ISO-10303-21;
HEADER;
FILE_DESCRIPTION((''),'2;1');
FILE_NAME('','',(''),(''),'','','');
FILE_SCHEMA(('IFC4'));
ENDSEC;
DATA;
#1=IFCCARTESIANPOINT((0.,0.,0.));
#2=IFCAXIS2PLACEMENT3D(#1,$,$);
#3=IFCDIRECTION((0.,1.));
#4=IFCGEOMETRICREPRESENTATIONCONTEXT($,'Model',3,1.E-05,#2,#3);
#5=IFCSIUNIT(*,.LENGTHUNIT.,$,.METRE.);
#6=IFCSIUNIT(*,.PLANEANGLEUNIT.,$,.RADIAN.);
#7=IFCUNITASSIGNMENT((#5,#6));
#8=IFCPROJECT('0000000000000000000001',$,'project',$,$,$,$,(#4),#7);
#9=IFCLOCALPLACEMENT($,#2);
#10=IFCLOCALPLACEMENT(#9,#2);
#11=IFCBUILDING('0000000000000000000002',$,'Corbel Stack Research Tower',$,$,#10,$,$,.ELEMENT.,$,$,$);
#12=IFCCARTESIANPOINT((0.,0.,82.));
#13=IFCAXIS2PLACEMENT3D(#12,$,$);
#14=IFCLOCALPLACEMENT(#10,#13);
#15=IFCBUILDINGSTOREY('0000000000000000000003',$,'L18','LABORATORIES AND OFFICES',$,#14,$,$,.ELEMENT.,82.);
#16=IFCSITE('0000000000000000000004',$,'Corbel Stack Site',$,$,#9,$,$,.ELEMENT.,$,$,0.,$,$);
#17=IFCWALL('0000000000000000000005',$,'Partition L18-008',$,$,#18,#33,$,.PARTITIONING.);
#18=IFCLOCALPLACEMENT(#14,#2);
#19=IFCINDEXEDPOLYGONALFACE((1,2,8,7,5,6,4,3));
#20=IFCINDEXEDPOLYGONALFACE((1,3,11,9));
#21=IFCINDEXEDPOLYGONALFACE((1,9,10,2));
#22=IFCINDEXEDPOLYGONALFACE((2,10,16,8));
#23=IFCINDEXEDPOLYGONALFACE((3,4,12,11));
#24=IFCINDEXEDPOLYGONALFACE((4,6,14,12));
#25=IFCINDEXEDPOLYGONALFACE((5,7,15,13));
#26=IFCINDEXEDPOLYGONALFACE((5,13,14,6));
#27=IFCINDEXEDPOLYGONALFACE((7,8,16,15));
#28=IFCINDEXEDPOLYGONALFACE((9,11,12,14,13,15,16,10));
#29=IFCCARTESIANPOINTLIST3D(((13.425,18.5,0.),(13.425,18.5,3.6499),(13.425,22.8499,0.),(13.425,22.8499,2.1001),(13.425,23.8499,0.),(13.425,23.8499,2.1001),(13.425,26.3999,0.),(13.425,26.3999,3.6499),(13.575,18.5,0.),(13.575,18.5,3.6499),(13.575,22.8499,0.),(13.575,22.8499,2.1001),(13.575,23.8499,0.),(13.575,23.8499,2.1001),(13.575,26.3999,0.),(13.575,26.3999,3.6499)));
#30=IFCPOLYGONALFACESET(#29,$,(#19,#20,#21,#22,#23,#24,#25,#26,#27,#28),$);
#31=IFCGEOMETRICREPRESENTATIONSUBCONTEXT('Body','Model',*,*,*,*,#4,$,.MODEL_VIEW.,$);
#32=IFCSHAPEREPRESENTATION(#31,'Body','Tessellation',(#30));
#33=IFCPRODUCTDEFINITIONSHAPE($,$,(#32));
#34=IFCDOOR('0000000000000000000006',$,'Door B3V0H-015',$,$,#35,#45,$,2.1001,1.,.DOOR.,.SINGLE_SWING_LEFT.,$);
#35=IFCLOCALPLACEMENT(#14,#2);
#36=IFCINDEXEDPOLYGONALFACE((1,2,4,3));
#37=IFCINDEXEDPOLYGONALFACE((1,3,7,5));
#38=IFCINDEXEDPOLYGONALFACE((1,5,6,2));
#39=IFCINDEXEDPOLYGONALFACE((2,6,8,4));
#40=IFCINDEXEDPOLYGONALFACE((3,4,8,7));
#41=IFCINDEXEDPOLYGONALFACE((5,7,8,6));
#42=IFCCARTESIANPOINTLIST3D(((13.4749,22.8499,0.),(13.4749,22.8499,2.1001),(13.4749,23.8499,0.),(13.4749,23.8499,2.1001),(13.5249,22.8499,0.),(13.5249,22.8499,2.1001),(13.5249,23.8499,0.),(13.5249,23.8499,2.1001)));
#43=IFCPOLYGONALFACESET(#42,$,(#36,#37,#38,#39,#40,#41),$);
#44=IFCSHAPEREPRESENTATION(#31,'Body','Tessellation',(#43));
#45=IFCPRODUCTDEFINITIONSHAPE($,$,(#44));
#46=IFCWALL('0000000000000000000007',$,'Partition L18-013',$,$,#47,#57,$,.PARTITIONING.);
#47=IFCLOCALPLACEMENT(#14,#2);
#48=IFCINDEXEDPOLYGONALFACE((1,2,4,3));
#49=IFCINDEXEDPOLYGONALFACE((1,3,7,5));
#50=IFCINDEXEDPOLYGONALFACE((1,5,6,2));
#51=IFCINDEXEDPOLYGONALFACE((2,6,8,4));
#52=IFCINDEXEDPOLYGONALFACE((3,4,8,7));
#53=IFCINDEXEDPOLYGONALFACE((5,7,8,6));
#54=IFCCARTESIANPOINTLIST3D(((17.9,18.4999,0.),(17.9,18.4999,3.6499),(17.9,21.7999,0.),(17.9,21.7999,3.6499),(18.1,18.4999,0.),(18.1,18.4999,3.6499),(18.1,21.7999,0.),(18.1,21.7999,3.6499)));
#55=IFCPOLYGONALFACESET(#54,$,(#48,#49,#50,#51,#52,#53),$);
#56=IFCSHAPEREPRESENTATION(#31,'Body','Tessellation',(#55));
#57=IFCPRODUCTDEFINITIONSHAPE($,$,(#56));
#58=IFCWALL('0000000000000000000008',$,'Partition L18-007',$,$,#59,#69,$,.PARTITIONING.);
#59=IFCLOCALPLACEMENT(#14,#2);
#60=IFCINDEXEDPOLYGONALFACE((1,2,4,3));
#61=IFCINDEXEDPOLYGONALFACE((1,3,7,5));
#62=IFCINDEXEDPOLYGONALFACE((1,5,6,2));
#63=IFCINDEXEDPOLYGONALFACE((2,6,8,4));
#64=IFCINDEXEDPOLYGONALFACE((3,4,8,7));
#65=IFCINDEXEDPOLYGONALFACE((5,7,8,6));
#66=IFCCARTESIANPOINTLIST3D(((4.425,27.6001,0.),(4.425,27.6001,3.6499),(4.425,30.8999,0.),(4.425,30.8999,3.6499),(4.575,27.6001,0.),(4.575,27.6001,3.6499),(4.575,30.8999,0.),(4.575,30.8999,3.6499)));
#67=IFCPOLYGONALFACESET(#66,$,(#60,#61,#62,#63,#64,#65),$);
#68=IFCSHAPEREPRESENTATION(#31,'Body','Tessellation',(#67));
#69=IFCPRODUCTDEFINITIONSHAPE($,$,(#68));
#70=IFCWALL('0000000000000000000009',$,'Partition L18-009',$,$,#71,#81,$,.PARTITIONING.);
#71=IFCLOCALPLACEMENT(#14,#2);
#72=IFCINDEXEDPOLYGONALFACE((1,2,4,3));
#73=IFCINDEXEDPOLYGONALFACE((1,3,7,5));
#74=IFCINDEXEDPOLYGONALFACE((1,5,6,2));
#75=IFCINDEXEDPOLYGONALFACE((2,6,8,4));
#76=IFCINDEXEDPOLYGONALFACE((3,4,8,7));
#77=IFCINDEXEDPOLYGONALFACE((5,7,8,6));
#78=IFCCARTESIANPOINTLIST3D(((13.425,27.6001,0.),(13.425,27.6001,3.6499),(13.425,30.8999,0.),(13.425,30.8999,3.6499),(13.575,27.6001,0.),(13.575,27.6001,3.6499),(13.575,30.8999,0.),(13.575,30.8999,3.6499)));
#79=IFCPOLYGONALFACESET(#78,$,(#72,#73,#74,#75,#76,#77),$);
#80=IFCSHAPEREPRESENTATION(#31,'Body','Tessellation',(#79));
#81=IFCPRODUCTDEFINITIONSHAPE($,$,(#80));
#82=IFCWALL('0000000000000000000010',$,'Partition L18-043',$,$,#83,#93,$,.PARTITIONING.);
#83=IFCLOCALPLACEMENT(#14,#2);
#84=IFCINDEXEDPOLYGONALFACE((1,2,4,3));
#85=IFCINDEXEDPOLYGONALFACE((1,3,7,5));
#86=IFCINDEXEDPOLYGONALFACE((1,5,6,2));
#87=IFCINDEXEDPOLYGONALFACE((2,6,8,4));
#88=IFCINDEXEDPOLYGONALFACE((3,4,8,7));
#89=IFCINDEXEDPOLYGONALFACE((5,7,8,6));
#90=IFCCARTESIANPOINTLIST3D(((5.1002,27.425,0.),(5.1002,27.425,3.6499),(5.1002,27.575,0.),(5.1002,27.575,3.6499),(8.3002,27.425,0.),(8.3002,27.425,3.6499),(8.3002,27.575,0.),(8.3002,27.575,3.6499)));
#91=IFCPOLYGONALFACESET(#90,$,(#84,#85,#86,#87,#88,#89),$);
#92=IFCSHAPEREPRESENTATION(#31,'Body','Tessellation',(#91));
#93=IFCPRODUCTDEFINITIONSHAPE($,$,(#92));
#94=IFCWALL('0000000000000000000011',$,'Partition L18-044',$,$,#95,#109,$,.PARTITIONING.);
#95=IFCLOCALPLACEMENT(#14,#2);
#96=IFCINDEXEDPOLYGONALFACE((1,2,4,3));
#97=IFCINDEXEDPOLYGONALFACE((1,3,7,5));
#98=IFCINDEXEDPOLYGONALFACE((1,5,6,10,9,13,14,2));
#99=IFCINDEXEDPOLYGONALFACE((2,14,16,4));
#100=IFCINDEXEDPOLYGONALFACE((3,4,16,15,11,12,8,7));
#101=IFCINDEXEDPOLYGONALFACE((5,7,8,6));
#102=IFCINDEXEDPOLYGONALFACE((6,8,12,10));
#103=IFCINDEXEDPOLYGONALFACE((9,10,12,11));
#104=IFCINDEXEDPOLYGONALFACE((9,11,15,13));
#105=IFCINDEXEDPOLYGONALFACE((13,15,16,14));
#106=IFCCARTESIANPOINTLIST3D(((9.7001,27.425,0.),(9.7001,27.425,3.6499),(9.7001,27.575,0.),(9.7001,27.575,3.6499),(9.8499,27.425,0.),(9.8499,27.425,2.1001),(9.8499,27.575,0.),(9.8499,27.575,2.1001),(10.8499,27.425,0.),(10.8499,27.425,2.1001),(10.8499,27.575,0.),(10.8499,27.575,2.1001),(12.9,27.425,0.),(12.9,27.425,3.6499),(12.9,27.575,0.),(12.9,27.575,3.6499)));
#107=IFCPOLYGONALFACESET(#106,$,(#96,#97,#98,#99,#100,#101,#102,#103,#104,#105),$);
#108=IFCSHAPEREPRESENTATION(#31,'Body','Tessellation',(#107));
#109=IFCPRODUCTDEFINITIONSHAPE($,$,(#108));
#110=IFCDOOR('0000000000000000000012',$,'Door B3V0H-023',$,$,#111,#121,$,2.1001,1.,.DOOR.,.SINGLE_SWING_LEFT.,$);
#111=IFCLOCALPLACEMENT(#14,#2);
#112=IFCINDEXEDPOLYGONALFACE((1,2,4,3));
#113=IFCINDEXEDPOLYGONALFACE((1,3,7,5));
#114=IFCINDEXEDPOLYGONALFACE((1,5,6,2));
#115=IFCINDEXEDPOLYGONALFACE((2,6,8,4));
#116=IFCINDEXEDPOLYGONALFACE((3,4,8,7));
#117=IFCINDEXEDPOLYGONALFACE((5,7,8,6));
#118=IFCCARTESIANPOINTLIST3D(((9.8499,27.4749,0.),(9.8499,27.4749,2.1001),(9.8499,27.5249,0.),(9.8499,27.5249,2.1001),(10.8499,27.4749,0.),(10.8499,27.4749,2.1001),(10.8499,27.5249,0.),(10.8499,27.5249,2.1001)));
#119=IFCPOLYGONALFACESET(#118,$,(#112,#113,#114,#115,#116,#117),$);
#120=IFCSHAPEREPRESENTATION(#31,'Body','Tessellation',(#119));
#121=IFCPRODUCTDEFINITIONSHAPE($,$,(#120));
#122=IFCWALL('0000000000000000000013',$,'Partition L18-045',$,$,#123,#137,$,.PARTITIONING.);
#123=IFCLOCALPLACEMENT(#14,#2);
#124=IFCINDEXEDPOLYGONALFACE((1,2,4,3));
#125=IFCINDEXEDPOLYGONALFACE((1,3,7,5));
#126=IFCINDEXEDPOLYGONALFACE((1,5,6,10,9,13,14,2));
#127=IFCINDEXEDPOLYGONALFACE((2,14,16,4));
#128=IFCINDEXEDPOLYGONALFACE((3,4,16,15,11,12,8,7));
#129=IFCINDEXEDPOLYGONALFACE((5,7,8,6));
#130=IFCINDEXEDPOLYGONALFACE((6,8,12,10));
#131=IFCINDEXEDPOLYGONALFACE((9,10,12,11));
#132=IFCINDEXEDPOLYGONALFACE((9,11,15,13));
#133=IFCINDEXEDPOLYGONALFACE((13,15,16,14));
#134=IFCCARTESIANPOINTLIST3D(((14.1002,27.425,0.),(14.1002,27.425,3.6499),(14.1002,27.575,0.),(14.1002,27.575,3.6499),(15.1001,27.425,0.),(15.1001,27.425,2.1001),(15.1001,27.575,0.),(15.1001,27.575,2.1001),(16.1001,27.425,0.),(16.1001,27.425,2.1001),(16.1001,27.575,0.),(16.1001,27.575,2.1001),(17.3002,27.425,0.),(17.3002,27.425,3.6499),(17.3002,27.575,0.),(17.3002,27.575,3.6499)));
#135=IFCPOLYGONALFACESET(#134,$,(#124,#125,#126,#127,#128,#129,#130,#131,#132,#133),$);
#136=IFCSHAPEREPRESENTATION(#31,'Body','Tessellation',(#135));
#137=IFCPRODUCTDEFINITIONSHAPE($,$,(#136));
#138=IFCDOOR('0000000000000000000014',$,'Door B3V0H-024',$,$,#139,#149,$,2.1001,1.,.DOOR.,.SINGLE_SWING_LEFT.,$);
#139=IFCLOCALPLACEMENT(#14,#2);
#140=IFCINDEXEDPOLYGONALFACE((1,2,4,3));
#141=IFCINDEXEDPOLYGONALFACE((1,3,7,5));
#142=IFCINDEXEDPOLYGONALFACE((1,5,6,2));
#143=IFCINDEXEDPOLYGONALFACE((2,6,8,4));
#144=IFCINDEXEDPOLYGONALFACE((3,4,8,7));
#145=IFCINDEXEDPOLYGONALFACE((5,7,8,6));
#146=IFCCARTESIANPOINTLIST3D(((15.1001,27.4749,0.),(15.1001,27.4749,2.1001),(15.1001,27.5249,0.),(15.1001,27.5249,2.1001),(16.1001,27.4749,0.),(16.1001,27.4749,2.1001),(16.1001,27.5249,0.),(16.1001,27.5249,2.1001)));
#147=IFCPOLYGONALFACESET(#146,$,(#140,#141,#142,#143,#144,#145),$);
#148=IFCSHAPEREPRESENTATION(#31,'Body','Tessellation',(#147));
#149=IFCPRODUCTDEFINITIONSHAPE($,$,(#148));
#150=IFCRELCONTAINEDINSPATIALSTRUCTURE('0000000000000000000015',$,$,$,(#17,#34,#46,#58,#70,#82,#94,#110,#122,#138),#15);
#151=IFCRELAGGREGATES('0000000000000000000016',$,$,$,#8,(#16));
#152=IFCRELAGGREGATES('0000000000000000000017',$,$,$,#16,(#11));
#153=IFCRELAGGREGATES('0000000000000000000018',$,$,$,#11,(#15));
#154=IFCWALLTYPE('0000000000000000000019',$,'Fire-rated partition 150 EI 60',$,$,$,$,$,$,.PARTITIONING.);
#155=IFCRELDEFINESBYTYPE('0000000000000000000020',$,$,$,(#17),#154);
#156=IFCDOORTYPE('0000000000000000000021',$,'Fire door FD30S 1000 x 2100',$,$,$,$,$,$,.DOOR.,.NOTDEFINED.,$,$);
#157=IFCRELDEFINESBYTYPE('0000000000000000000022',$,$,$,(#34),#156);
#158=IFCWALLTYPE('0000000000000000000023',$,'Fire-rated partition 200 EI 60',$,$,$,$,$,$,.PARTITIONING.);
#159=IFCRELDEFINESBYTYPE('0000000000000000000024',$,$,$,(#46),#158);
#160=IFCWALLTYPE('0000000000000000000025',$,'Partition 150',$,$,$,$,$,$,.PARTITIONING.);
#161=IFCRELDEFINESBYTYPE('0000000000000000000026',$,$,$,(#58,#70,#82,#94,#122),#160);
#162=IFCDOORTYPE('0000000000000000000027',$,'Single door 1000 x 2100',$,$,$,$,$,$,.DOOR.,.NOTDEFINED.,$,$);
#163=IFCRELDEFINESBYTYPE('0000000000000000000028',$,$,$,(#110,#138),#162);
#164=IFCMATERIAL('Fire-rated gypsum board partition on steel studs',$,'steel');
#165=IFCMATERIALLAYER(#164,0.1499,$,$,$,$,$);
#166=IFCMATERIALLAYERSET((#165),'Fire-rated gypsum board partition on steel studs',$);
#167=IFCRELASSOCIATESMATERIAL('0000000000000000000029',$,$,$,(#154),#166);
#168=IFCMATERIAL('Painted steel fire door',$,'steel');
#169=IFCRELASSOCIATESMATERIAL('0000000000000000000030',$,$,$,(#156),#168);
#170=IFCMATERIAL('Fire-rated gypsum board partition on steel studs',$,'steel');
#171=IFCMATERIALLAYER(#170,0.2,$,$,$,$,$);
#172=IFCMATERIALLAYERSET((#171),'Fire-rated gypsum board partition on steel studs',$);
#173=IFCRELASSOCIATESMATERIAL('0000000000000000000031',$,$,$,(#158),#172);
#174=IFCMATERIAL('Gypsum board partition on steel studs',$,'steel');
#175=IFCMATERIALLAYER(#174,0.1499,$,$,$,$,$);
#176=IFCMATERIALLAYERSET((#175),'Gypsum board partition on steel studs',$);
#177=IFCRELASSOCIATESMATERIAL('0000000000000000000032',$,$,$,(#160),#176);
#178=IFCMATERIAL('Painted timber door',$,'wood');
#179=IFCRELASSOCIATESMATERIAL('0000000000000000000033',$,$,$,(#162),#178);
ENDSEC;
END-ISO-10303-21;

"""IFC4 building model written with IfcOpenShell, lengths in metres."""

from ifc_helpers import new_model, si_unit, direction, frame, frame_2d, origin, place, context, subcontext, project, spatial, rectangle, extrude, material, layer, layer_set, type_object, element, fill, save


model = new_model("IFC4")

# Units and contexts
model_context = context("Model", 3, precision=1e-05, world=origin(), true_north=direction((0.0, 1.0)))
body_context = subcontext(model_context, "Body", "Model", "MODEL_VIEW")
ifc_project = project(units=[si_unit("LENGTHUNIT", "METRE"), si_unit("PLANEANGLEUNIT", "RADIAN")], contexts=[model_context])

# Site, building, storey
site_placement = place(None, origin())
site = spatial("IfcSite", under=ifc_project, at=site_placement, Name="Corbel Stack Site", CompositionType="ELEMENT", RefElevation=0.0)
building_placement = place(site_placement, origin())
building = spatial("IfcBuilding", under=site, at=building_placement, Name="Corbel Stack Research Tower", CompositionType="ELEMENT")
storey_placement = place(building_placement, frame((0.0, 0.0, 82.0)))
storey = spatial("IfcBuildingStorey", under=building, at=storey_placement, Name="L18", Description="LABORATORIES AND OFFICES", CompositionType="ELEMENT", Elevation=82.0)

# Wall, opening, door
ifc_material_1 = material(Name="Fire-rated gypsum board partition on steel studs", Category="steel")
ifc_layer_1 = layer(ifc_material_1, 0.1499)
ifc_layer_set_1 = layer_set([ifc_layer_1], Name="Fire-rated gypsum board partition on steel studs")
wall_type_1 = type_object("IfcWallType", Name="Fire-rated partition 150 EI 60", PredefinedType="PARTITIONING", material=ifc_layer_set_1)
ifc_material_2 = material(Name="Painted steel fire door", Category="steel")
door_type_1 = type_object("IfcDoorType", Name="Fire door FD30S 1000 x 2100", OperationType="NOTDEFINED", PredefinedType="DOOR", material=ifc_material_2)
wall_1_placement = place(storey_placement, frame((13.5, 26.3999, 0.0), z_axis=(0.0, 0.0, 1.0), x_axis=(0.0, -1.0, 0.0)))
wall_1 = element("IfcWall", 1, at=wall_1_placement, inside=storey, type_object=wall_type_1, Name="Partition L18-008", PredefinedType="PARTITIONING", context=body_context, shape_type="SweptSolid", body=[
    extrude(rectangle(XDim=7.8999, YDim=0.1499, at=frame_2d((3.95, 0.0))), origin(), (0.0, 0.0, 1.0), 3.6499),
])
opening_1_placement = place(wall_1_placement, frame((2.55, 0.0, 0.0)))
opening_1 = element("IfcOpeningElement", 2, at=opening_1_placement, cuts=wall_1, PredefinedType="OPENING", context=body_context, shape_type="SweptSolid", body=[
    extrude(rectangle(XDim=1.0, YDim=2.1001, at=frame_2d((0.5, 1.05))), frame((0.0, 0.085, 0.0), z_axis=(0.0, -1.0, 0.0), x_axis=(1.0, 0.0, 0.0)), (0.0, 0.0, 1.0), 0.1699),
])
door_1_placement = place(opening_1_placement, origin())
door_1 = element("IfcDoor", 3, at=door_1_placement, inside=storey, type_object=door_type_1, Name="Door B3V0H-015", OperationType="SINGLE_SWING_LEFT", OverallHeight=2.1001, OverallWidth=1.0, PredefinedType="DOOR", context=body_context, shape_type="SweptSolid", body=[
    extrude(rectangle(XDim=1.0, YDim=2.1001, at=frame_2d((0.5, 1.05))), frame((0.0, 0.0249, 0.0), z_axis=(0.0, -1.0, 0.0), x_axis=(1.0, 0.0, 0.0)), (0.0, 0.0, 1.0), 0.05),
])
fill(opening_1, door_1)

# Walls
ifc_material_3 = material(Name="Fire-rated gypsum board partition on steel studs", Category="steel")
ifc_layer_2 = layer(ifc_material_3, 0.2)
ifc_layer_set_2 = layer_set([ifc_layer_2], Name="Fire-rated gypsum board partition on steel studs")
wall_type_2 = type_object("IfcWallType", Name="Fire-rated partition 200 EI 60", PredefinedType="PARTITIONING", material=ifc_layer_set_2)
wall_2_placement = place(storey_placement, frame((18.0, 18.5, 0.0), z_axis=(0.0, 0.0, 1.0), x_axis=(0.0, 1.0, 0.0)))
element("IfcWall", 4, at=wall_2_placement, inside=storey, type_object=wall_type_2, Name="Partition L18-013", PredefinedType="PARTITIONING", context=body_context, shape_type="SweptSolid", body=[
    extrude(rectangle(XDim=3.3, YDim=0.2, at=frame_2d((1.6499, 0.0))), origin(), (0.0, 0.0, 1.0), 3.6499),
])
ifc_material_4 = material(Name="Gypsum board partition on steel studs", Category="steel")
ifc_layer_3 = layer(ifc_material_4, 0.1499)
ifc_layer_set_3 = layer_set([ifc_layer_3], Name="Gypsum board partition on steel studs")
wall_type_3 = type_object("IfcWallType", Name="Partition 150", PredefinedType="PARTITIONING", material=ifc_layer_set_3)
for number, where, z_axis, x_axis, name in (
    (5, (4.5, 27.6001, 0.0), (0.0, 0.0, 1.0), (0.0, 1.0, 0.0), "Partition L18-007"),
    (6, (13.5, 27.6001, 0.0), (0.0, 0.0, 1.0), (0.0, 1.0, 0.0), "Partition L18-009"),
):
    element("IfcWall", number, at=place(storey_placement, frame(where, z_axis=z_axis, x_axis=x_axis)), inside=storey, type_object=wall_type_3, Name=name, PredefinedType="PARTITIONING", context=body_context, shape_type="SweptSolid", body=[
        extrude(rectangle(XDim=3.2998, YDim=0.1499, at=frame_2d((1.6499, 0.0))), origin(), (0.0, 0.0, 1.0), 3.6499),
    ])
wall_3_placement = place(storey_placement, frame((5.1001, 27.5, 0.0), z_axis=(0.0, 0.0, 1.0), x_axis=(1.0, 0.0, 0.0)))
element("IfcWall", 7, at=wall_3_placement, inside=storey, type_object=wall_type_3, Name="Partition L18-043", PredefinedType="PARTITIONING", context=body_context, shape_type="SweptSolid", body=[
    extrude(rectangle(XDim=3.2, YDim=0.1499, at=frame_2d((1.6001, 0.0))), origin(), (0.0, 0.0, 1.0), 3.6499),
])

# Walls, openings, doors
wall_4_placement = place(storey_placement, frame((9.7, 27.5, 0.0), z_axis=(0.0, 0.0, 1.0), x_axis=(1.0, 0.0, 0.0)))
wall_4 = element("IfcWall", 8, at=wall_4_placement, inside=storey, type_object=wall_type_3, Name="Partition L18-044", PredefinedType="PARTITIONING", context=body_context, shape_type="SweptSolid", body=[
    extrude(rectangle(XDim=3.2, YDim=0.1499, at=frame_2d((1.6001, 0.0))), origin(), (0.0, 0.0, 1.0), 3.6499),
])
opening_2_placement = place(wall_4_placement, frame((0.1499, 0.0, 0.0)))
opening_2 = element("IfcOpeningElement", 9, at=opening_2_placement, cuts=wall_4, PredefinedType="OPENING", context=body_context, shape_type="SweptSolid", body=[
    extrude(rectangle(XDim=1.0, YDim=2.1001, at=frame_2d((0.5, 1.05))), frame((0.0, 0.085, 0.0), z_axis=(0.0, -1.0, 0.0), x_axis=(1.0, 0.0, 0.0)), (0.0, 0.0, 1.0), 0.1699),
])
ifc_material_5 = material(Name="Painted timber door", Category="wood")
door_type_2 = type_object("IfcDoorType", Name="Single door 1000 x 2100", OperationType="NOTDEFINED", PredefinedType="DOOR", material=ifc_material_5)
door_2_placement = place(opening_2_placement, origin())
door_2 = element("IfcDoor", 10, at=door_2_placement, inside=storey, type_object=door_type_2, Name="Door B3V0H-023", OperationType="SINGLE_SWING_LEFT", OverallHeight=2.1001, OverallWidth=1.0, PredefinedType="DOOR", context=body_context, shape_type="SweptSolid", body=[
    extrude(rectangle(XDim=1.0, YDim=2.1001, at=frame_2d((0.5, 1.05))), frame((0.0, 0.0249, 0.0), z_axis=(0.0, -1.0, 0.0), x_axis=(1.0, 0.0, 0.0)), (0.0, 0.0, 1.0), 0.05),
])
fill(opening_2, door_2)
wall_5_placement = place(storey_placement, frame((14.1001, 27.5, 0.0), z_axis=(0.0, 0.0, 1.0), x_axis=(1.0, 0.0, 0.0)))
wall_5 = element("IfcWall", 11, at=wall_5_placement, inside=storey, type_object=wall_type_3, Name="Partition L18-045", PredefinedType="PARTITIONING", context=body_context, shape_type="SweptSolid", body=[
    extrude(rectangle(XDim=3.2, YDim=0.1499, at=frame_2d((1.6001, 0.0))), origin(), (0.0, 0.0, 1.0), 3.6499),
])
opening_3_placement = place(wall_5_placement, frame((1.0, 0.0, 0.0)))
opening_3 = element("IfcOpeningElement", 12, at=opening_3_placement, cuts=wall_5, PredefinedType="OPENING", context=body_context, shape_type="SweptSolid", body=[
    extrude(rectangle(XDim=1.0, YDim=2.1001, at=frame_2d((0.5, 1.05))), frame((0.0, 0.085, 0.0), z_axis=(0.0, -1.0, 0.0), x_axis=(1.0, 0.0, 0.0)), (0.0, 0.0, 1.0), 0.1699),
])
door_3_placement = place(opening_3_placement, origin())
door_3 = element("IfcDoor", 13, at=door_3_placement, inside=storey, type_object=door_type_2, Name="Door B3V0H-024", OperationType="SINGLE_SWING_LEFT", OverallHeight=2.1001, OverallWidth=1.0, PredefinedType="DOOR", context=body_context, shape_type="SweptSolid", body=[
    extrude(rectangle(XDim=1.0, YDim=2.1001, at=frame_2d((0.5, 1.05))), frame((0.0, 0.0249, 0.0), z_axis=(0.0, -1.0, 0.0), x_axis=(1.0, 0.0, 0.0)), (0.0, 0.0, 1.0), 0.05),
])
fill(opening_3, door_3)

save(model, "model.ifc")
